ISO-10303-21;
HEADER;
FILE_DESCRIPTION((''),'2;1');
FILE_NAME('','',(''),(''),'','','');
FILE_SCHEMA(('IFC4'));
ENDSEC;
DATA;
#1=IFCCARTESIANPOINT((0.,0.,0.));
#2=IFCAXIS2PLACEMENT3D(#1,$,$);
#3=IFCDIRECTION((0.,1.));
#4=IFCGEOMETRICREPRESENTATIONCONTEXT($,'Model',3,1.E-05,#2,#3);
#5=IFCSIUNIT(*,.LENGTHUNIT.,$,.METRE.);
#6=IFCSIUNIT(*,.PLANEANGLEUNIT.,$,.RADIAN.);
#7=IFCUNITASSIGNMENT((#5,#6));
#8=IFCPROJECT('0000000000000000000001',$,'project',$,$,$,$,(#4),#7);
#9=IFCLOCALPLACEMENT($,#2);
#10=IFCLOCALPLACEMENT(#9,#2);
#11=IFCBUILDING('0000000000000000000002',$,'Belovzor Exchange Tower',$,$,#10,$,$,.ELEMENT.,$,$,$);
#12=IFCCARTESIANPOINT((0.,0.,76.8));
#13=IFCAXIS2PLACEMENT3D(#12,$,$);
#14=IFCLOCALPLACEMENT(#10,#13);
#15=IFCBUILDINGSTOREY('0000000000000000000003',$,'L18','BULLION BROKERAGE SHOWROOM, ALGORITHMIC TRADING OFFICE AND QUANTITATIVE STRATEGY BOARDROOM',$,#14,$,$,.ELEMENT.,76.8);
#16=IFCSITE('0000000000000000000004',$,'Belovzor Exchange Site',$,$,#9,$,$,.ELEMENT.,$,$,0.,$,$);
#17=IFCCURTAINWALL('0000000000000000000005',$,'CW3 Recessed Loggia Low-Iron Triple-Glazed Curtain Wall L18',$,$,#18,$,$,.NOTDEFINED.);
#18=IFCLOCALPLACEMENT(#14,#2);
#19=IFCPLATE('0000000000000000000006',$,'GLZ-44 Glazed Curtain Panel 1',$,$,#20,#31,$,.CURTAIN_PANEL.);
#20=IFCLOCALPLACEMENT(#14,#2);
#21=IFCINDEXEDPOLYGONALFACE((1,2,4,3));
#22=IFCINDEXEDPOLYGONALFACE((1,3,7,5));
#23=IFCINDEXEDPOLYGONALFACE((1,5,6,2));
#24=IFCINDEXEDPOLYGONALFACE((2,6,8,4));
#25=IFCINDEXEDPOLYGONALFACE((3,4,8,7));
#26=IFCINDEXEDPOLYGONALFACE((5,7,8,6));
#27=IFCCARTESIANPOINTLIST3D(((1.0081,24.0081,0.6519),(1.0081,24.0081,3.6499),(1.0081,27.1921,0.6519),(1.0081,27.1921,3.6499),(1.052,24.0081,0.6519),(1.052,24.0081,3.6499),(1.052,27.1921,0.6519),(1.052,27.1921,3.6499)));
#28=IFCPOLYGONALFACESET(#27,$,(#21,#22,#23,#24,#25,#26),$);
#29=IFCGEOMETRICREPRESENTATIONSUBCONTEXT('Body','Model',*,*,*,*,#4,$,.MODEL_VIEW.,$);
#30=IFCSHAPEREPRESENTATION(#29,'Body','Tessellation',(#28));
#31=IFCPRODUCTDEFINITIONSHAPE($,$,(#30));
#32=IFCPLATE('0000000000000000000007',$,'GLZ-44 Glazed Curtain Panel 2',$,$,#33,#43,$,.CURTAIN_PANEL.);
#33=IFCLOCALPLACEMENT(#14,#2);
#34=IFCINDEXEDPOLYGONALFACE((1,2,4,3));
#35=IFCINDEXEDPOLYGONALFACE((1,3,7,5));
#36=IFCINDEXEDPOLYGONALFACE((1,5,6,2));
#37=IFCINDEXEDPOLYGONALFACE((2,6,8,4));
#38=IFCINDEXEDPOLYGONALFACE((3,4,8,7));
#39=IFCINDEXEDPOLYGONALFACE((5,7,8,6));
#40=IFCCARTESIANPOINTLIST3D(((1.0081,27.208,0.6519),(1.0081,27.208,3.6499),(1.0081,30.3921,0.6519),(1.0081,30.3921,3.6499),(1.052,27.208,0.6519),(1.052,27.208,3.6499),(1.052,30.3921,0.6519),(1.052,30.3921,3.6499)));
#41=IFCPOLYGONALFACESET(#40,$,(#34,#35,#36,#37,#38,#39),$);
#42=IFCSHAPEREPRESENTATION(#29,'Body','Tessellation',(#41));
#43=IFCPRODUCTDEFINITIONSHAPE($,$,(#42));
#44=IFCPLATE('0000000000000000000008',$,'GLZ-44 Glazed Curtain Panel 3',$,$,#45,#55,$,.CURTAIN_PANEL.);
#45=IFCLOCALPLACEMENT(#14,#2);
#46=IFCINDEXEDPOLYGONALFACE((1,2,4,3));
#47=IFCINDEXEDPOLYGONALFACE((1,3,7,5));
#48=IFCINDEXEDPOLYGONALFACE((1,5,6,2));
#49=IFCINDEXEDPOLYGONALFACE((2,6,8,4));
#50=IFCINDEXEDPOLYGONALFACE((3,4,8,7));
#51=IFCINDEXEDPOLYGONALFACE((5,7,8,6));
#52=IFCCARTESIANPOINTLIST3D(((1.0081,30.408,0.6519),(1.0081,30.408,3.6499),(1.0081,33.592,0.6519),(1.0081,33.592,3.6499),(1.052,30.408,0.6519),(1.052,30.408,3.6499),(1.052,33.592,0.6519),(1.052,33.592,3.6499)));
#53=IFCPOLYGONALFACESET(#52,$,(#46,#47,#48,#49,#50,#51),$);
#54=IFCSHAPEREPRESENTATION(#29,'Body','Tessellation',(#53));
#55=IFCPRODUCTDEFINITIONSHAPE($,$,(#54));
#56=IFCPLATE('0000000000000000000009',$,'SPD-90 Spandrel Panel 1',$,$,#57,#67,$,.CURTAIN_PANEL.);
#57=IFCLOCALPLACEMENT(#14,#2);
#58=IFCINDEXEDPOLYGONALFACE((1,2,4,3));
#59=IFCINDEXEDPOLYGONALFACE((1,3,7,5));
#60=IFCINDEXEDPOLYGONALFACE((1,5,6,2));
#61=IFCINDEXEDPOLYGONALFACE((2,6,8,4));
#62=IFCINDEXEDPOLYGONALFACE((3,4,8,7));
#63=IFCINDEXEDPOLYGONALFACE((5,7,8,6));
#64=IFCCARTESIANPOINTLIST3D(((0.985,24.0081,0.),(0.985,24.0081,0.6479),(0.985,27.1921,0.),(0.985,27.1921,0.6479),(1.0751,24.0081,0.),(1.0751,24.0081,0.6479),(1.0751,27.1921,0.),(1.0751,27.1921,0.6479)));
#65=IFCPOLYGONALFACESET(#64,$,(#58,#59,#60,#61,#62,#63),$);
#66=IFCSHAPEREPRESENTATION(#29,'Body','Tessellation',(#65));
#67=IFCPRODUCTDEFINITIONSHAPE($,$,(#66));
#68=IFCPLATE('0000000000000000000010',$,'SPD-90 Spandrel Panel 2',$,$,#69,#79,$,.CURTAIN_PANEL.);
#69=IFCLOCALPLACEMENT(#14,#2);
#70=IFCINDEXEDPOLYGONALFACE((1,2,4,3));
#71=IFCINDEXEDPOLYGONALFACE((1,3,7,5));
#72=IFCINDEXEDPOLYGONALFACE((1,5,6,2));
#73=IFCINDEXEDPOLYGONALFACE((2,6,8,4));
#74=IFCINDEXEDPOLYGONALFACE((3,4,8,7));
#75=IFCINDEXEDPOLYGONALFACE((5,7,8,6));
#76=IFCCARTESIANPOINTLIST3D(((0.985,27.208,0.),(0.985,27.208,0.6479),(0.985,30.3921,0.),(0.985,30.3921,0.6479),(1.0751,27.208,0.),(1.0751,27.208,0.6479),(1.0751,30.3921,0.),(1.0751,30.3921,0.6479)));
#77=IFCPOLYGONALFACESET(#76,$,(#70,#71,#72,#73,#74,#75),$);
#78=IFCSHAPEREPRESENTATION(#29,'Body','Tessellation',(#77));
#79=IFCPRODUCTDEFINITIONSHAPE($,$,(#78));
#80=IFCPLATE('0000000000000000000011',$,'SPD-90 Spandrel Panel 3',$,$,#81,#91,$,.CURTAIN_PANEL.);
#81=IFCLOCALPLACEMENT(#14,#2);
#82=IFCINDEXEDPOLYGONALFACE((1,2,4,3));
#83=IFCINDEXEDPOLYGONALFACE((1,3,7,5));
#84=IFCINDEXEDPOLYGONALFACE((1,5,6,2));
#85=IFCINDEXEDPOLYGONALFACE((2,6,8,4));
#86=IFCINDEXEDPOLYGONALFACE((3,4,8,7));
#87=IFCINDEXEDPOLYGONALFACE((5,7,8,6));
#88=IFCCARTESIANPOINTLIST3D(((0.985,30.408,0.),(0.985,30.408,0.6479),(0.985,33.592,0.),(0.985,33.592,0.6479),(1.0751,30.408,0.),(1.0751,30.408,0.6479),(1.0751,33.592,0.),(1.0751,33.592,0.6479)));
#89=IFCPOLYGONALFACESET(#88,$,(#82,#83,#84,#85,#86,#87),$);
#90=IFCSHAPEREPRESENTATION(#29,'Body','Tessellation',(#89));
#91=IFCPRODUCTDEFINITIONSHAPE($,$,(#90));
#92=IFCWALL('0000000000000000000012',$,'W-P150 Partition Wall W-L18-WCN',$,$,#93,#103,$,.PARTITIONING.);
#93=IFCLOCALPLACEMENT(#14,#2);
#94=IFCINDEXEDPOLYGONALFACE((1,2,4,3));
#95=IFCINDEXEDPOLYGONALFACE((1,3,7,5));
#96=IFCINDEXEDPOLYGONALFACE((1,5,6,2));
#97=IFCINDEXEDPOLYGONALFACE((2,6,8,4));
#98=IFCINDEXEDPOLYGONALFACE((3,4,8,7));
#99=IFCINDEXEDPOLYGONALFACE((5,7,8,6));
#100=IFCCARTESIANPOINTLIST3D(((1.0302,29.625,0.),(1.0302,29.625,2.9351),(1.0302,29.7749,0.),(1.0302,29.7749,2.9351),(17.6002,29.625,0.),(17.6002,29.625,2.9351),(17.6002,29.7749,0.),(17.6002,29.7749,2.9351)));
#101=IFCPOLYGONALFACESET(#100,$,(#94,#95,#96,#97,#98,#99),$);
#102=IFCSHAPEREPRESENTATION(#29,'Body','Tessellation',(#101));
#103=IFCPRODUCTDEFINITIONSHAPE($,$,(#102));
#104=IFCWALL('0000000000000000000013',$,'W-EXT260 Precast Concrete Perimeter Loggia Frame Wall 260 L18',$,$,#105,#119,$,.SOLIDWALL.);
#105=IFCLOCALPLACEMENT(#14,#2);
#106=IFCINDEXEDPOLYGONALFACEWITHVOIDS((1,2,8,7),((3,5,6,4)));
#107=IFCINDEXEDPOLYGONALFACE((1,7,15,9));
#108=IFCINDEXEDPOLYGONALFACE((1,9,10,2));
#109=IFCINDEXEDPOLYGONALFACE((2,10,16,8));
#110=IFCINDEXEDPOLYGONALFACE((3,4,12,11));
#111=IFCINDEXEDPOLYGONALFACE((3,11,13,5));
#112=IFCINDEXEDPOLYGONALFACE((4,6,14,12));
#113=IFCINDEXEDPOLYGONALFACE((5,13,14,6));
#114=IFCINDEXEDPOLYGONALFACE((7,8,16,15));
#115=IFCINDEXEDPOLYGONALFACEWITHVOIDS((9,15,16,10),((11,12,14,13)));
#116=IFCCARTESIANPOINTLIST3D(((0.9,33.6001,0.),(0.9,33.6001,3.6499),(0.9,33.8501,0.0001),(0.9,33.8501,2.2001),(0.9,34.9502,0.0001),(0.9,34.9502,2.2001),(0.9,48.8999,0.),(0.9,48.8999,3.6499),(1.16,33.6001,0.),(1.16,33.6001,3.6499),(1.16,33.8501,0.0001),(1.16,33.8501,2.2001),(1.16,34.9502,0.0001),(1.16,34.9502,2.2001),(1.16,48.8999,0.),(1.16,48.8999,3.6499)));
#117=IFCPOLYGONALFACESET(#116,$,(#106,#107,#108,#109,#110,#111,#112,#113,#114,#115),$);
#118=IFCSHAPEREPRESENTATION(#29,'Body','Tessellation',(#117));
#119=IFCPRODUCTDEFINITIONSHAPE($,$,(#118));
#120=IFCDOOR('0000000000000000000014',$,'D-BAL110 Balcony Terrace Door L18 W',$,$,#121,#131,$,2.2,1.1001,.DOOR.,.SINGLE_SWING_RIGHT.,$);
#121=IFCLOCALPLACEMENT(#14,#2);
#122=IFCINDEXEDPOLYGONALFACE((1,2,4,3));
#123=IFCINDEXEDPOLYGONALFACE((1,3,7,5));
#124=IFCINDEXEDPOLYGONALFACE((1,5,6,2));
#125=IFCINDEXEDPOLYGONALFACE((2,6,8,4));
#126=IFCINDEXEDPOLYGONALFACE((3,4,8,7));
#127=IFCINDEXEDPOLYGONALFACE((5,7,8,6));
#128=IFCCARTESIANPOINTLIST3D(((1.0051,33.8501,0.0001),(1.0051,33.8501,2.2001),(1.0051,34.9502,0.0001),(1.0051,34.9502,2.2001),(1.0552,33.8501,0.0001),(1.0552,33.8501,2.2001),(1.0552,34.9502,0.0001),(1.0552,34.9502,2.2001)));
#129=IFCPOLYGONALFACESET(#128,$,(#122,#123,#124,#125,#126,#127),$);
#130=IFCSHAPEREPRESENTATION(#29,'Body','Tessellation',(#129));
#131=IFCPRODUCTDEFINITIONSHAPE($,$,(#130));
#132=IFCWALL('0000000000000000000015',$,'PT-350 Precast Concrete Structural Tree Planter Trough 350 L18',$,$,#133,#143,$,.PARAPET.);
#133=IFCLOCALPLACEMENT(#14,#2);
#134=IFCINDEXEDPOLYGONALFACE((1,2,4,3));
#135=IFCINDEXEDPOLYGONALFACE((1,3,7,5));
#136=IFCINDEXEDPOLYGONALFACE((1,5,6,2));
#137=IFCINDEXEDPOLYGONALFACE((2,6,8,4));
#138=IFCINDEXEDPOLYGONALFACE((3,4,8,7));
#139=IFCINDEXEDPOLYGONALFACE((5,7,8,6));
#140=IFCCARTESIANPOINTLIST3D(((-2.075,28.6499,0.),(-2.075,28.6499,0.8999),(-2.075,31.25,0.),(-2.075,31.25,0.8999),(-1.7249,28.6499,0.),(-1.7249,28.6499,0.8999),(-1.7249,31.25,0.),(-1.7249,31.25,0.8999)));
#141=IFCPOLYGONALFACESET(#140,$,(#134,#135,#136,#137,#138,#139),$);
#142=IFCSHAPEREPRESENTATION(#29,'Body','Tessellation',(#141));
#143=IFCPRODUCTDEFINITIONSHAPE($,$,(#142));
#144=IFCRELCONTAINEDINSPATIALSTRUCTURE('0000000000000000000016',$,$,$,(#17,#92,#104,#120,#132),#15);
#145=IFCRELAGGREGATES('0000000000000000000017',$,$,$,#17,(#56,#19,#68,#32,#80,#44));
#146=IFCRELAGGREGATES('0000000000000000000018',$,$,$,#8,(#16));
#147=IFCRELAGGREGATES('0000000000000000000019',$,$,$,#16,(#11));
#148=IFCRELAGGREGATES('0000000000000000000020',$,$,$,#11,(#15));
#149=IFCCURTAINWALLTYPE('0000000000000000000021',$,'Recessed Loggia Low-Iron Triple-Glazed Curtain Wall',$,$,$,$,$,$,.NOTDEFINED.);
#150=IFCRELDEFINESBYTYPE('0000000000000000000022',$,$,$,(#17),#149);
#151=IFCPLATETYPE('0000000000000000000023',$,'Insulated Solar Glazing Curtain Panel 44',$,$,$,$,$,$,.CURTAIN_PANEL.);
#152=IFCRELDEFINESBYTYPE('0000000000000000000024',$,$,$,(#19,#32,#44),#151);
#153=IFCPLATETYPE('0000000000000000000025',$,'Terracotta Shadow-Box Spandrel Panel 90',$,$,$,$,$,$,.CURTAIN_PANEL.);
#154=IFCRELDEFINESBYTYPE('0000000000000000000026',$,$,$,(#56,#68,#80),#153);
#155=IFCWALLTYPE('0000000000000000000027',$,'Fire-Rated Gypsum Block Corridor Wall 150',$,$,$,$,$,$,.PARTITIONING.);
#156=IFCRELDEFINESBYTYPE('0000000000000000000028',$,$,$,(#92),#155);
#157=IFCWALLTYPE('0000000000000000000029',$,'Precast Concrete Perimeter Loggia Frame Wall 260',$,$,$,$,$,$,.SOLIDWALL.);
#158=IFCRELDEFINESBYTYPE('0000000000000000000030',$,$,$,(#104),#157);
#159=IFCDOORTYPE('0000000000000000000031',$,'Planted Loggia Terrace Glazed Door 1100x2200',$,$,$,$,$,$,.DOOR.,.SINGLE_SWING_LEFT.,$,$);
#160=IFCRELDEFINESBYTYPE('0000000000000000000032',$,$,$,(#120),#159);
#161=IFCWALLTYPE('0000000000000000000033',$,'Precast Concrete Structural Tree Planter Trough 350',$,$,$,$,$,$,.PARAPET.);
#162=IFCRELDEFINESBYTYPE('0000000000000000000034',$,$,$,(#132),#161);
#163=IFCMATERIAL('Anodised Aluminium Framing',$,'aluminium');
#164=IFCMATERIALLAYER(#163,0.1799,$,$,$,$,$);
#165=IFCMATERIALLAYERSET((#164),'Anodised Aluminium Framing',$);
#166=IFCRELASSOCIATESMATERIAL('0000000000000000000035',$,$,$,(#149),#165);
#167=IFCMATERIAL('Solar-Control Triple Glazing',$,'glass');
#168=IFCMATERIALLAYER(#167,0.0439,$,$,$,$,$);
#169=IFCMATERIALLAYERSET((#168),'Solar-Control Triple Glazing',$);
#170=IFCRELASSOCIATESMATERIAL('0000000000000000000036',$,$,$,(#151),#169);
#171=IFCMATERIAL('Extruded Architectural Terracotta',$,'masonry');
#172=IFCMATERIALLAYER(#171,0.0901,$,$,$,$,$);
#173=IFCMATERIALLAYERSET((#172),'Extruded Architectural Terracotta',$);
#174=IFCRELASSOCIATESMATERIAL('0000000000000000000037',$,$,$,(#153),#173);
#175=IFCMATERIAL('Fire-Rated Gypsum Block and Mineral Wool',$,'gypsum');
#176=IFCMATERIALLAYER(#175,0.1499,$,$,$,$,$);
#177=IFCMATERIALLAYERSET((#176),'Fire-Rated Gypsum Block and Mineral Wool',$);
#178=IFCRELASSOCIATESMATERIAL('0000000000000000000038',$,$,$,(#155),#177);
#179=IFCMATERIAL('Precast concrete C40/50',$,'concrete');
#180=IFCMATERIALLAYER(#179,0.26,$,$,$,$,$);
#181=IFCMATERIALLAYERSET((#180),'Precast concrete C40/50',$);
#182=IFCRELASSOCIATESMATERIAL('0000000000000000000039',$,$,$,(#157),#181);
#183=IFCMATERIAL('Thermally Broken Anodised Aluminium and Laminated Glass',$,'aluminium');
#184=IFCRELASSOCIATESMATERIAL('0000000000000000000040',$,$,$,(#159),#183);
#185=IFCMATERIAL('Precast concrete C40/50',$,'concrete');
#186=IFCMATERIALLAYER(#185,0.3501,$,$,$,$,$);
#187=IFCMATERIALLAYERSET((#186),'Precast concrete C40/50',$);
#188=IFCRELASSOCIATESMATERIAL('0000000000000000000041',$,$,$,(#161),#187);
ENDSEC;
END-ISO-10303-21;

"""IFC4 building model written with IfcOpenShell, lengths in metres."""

from ifc_helpers import new_model, si_unit, direction, frame, frame_2d, origin, origin_2d, place, context, subcontext, project, spatial, rectangle, extrude, material, layer, layer_set, type_object, element, fill, aggregate, save


model = new_model("IFC4")

# Units and contexts
model_context = context("Model", 3, precision=1e-05, world=origin(), true_north=direction((0.0, 1.0)))
body_context = subcontext(model_context, "Body", "Model", "MODEL_VIEW")
ifc_project = project(units=[si_unit("LENGTHUNIT", "METRE"), si_unit("PLANEANGLEUNIT", "RADIAN")], contexts=[model_context])

# Site, building, storey
site_placement = place(None, origin())
site = spatial("IfcSite", under=ifc_project, at=site_placement, Name="Belovzor Exchange Site", CompositionType="ELEMENT", RefElevation=0.0)
building_placement = place(site_placement, origin())
building = spatial("IfcBuilding", under=site, at=building_placement, Name="Belovzor Exchange Tower", CompositionType="ELEMENT")
storey_placement = place(building_placement, frame((0.0, 0.0, 76.8)))
storey = spatial("IfcBuildingStorey", under=building, at=storey_placement, Name="L18", Description="BULLION BROKERAGE SHOWROOM, ALGORITHMIC TRADING OFFICE AND QUANTITATIVE STRATEGY BOARDROOM", CompositionType="ELEMENT", Elevation=76.8)

# Curtain wall
ifc_material_1 = material(Name="Anodised Aluminium Framing", Category="aluminium")
ifc_layer_1 = layer(ifc_material_1, 0.1799)
ifc_layer_set_1 = layer_set([ifc_layer_1], Name="Anodised Aluminium Framing")
curtain_wall_type = type_object("IfcCurtainWallType", Name="Recessed Loggia Low-Iron Triple-Glazed Curtain Wall", PredefinedType="NOTDEFINED", material=ifc_layer_set_1)
curtain_wall_placement = place(storey_placement, origin())
curtain_wall = element("IfcCurtainWall", 1, at=curtain_wall_placement, inside=storey, type_object=curtain_wall_type, Name="CW3 Recessed Loggia Low-Iron Triple-Glazed Curtain Wall L18", PredefinedType="NOTDEFINED")

# Plates
ifc_material_2 = material(Name="Solar-Control Triple Glazing", Category="glass")
ifc_layer_2 = layer(ifc_material_2, 0.0439)
ifc_layer_set_2 = layer_set([ifc_layer_2], Name="Solar-Control Triple Glazing")
plate_type_1 = type_object("IfcPlateType", Name="Insulated Solar Glazing Curtain Panel 44", PredefinedType="CURTAIN_PANEL", material=ifc_layer_set_2)
plate_1_placement = place(storey_placement, frame((1.03, 25.6001, 0.6519), z_axis=(0.0, 0.0, 1.0), x_axis=(0.0, 1.0, 0.0)))
plate_1 = element("IfcPlate", 2, at=plate_1_placement, type_object=plate_type_1, Name="GLZ-44 Glazed Curtain Panel 1", PredefinedType="CURTAIN_PANEL", context=body_context, shape_type="SweptSolid", body=[
    extrude(rectangle(XDim=3.1841, YDim=0.0439, at=origin_2d()), origin(), (0.0, 0.0, 1.0), 2.998),
])
plate_2_placement = place(storey_placement, frame((1.03, 28.8, 0.6519), z_axis=(0.0, 0.0, 1.0), x_axis=(0.0, 1.0, 0.0)))
plate_2 = element("IfcPlate", 3, at=plate_2_placement, type_object=plate_type_1, Name="GLZ-44 Glazed Curtain Panel 2", PredefinedType="CURTAIN_PANEL", context=body_context, shape_type="SweptSolid", body=[
    extrude(rectangle(XDim=3.1841, YDim=0.0439, at=origin_2d()), origin(), (0.0, 0.0, 1.0), 2.998),
])
plate_3_placement = place(storey_placement, frame((1.03, 32.0, 0.6519), z_axis=(0.0, 0.0, 1.0), x_axis=(0.0, 1.0, 0.0)))
plate_3 = element("IfcPlate", 4, at=plate_3_placement, type_object=plate_type_1, Name="GLZ-44 Glazed Curtain Panel 3", PredefinedType="CURTAIN_PANEL", context=body_context, shape_type="SweptSolid", body=[
    extrude(rectangle(XDim=3.1841, YDim=0.0439, at=origin_2d()), origin(), (0.0, 0.0, 1.0), 2.998),
])
ifc_material_3 = material(Name="Extruded Architectural Terracotta", Category="masonry")
ifc_layer_3 = layer(ifc_material_3, 0.0901)
ifc_layer_set_3 = layer_set([ifc_layer_3], Name="Extruded Architectural Terracotta")
plate_type_2 = type_object("IfcPlateType", Name="Terracotta Shadow-Box Spandrel Panel 90", PredefinedType="CURTAIN_PANEL", material=ifc_layer_set_3)
plate_4_placement = place(storey_placement, frame((1.03, 25.6001, 0.0), z_axis=(0.0, 0.0, 1.0), x_axis=(0.0, 1.0, 0.0)))
plate_4 = element("IfcPlate", 5, at=plate_4_placement, type_object=plate_type_2, Name="SPD-90 Spandrel Panel 1", PredefinedType="CURTAIN_PANEL", context=body_context, shape_type="SweptSolid", body=[
    extrude(rectangle(XDim=3.1841, YDim=0.0901, at=origin_2d()), origin(), (0.0, 0.0, 1.0), 0.6479),
])
plate_5_placement = place(storey_placement, frame((1.03, 28.8, 0.0), z_axis=(0.0, 0.0, 1.0), x_axis=(0.0, 1.0, 0.0)))
plate_5 = element("IfcPlate", 6, at=plate_5_placement, type_object=plate_type_2, Name="SPD-90 Spandrel Panel 2", PredefinedType="CURTAIN_PANEL", context=body_context, shape_type="SweptSolid", body=[
    extrude(rectangle(XDim=3.1841, YDim=0.0901, at=origin_2d()), origin(), (0.0, 0.0, 1.0), 0.6479),
])
plate_6_placement = place(storey_placement, frame((1.03, 32.0, 0.0), z_axis=(0.0, 0.0, 1.0), x_axis=(0.0, 1.0, 0.0)))
plate_6 = element("IfcPlate", 7, at=plate_6_placement, type_object=plate_type_2, Name="SPD-90 Spandrel Panel 3", PredefinedType="CURTAIN_PANEL", context=body_context, shape_type="SweptSolid", body=[
    extrude(rectangle(XDim=3.1841, YDim=0.0901, at=origin_2d()), origin(), (0.0, 0.0, 1.0), 0.6479),
])
aggregate(curtain_wall, [plate_4, plate_1, plate_5, plate_2, plate_6, plate_3])

# Wall
ifc_material_4 = material(Name="Fire-Rated Gypsum Block and Mineral Wool", Category="gypsum")
ifc_layer_4 = layer(ifc_material_4, 0.1499)
ifc_layer_set_4 = layer_set([ifc_layer_4], Name="Fire-Rated Gypsum Block and Mineral Wool")
wall_type_1 = type_object("IfcWallType", Name="Fire-Rated Gypsum Block Corridor Wall 150", PredefinedType="PARTITIONING", material=ifc_layer_set_4)
wall_1_placement = place(storey_placement, frame((1.03, 29.7, 0.0), z_axis=(0.0, 0.0, 1.0), x_axis=(1.0, 0.0, 0.0)))
element("IfcWall", 8, at=wall_1_placement, inside=storey, type_object=wall_type_1, Name="W-P150 Partition Wall W-L18-WCN", PredefinedType="PARTITIONING", context=body_context, shape_type="SweptSolid", body=[
    extrude(rectangle(XDim=16.5701, YDim=0.1499, at=frame_2d((8.2852, 0.0))), origin(), (0.0, 0.0, 1.0), 2.9351),
])

# Wall, opening, door
ifc_material_5 = material(Name="Precast concrete C40/50", Category="concrete")
ifc_layer_5 = layer(ifc_material_5, 0.26)
ifc_layer_set_5 = layer_set([ifc_layer_5], Name="Precast concrete C40/50")
wall_type_2 = type_object("IfcWallType", Name="Precast Concrete Perimeter Loggia Frame Wall 260", PredefinedType="SOLIDWALL", material=ifc_layer_set_5)
wall_2_placement = place(storey_placement, frame((1.03, 33.6001, 0.0), z_axis=(0.0, 0.0, 1.0), x_axis=(0.0, 1.0, 0.0)))
wall_2 = element("IfcWall", 9, at=wall_2_placement, inside=storey, type_object=wall_type_2, Name="W-EXT260 Precast Concrete Perimeter Loggia Frame Wall 260 L18", PredefinedType="SOLIDWALL", context=body_context, shape_type="SweptSolid", body=[
    extrude(rectangle(XDim=15.2998, YDim=0.26, at=frame_2d((7.6499, 0.0))), origin(), (0.0, 0.0, 1.0), 3.6499),
])
opening_placement = place(wall_2_placement, frame((0.25, 0.0, 0.0)))
opening = element("IfcOpeningElement", 10, at=opening_placement, cuts=wall_2, PredefinedType="OPENING", context=body_context, shape_type="SweptSolid", body=[
    extrude(rectangle(XDim=1.1001, YDim=2.2, at=frame_2d((0.55, 1.1001))), frame((0.0, 0.1399, 0.0), z_axis=(0.0, -1.0, 0.0), x_axis=(1.0, 0.0, 0.0)), (0.0, 0.0, 1.0), 0.28),
])
ifc_material_6 = material(Name="Thermally Broken Anodised Aluminium and Laminated Glass", Category="aluminium")
door_type = type_object("IfcDoorType", Name="Planted Loggia Terrace Glazed Door 1100x2200", OperationType="SINGLE_SWING_LEFT", PredefinedType="DOOR", material=ifc_material_6)
door_placement = place(opening_placement, origin())
door = element("IfcDoor", 11, at=door_placement, inside=storey, type_object=door_type, Name="D-BAL110 Balcony Terrace Door L18 W", OperationType="SINGLE_SWING_RIGHT", OverallHeight=2.2, OverallWidth=1.1001, PredefinedType="DOOR", context=body_context, shape_type="SweptSolid", body=[
    extrude(rectangle(XDim=1.1001, YDim=2.2, at=frame_2d((0.55, 1.1001))), frame((0.0, 0.0249, 0.0), z_axis=(0.0, -1.0, 0.0), x_axis=(1.0, 0.0, 0.0)), (0.0, 0.0, 1.0), 0.05),
])
fill(opening, door)

# Wall
ifc_material_7 = material(Name="Precast concrete C40/50", Category="concrete")
ifc_layer_6 = layer(ifc_material_7, 0.3501)
ifc_layer_set_6 = layer_set([ifc_layer_6], Name="Precast concrete C40/50")
wall_type_3 = type_object("IfcWallType", Name="Precast Concrete Structural Tree Planter Trough 350", PredefinedType="PARAPET", material=ifc_layer_set_6)
wall_3_placement = place(storey_placement, frame((-1.8999, 28.6499, 0.0), z_axis=(0.0, 0.0, 1.0), x_axis=(0.0, 1.0, 0.0)))
element("IfcWall", 12, at=wall_3_placement, inside=storey, type_object=wall_type_3, Name="PT-350 Precast Concrete Structural Tree Planter Trough 350 L18", PredefinedType="PARAPET", context=body_context, shape_type="SweptSolid", body=[
    extrude(rectangle(XDim=2.6001, YDim=0.3501, at=frame_2d((1.3, 0.0))), origin(), (0.0, 0.0, 1.0), 0.8999),
])

save(model, "model.ifc")
